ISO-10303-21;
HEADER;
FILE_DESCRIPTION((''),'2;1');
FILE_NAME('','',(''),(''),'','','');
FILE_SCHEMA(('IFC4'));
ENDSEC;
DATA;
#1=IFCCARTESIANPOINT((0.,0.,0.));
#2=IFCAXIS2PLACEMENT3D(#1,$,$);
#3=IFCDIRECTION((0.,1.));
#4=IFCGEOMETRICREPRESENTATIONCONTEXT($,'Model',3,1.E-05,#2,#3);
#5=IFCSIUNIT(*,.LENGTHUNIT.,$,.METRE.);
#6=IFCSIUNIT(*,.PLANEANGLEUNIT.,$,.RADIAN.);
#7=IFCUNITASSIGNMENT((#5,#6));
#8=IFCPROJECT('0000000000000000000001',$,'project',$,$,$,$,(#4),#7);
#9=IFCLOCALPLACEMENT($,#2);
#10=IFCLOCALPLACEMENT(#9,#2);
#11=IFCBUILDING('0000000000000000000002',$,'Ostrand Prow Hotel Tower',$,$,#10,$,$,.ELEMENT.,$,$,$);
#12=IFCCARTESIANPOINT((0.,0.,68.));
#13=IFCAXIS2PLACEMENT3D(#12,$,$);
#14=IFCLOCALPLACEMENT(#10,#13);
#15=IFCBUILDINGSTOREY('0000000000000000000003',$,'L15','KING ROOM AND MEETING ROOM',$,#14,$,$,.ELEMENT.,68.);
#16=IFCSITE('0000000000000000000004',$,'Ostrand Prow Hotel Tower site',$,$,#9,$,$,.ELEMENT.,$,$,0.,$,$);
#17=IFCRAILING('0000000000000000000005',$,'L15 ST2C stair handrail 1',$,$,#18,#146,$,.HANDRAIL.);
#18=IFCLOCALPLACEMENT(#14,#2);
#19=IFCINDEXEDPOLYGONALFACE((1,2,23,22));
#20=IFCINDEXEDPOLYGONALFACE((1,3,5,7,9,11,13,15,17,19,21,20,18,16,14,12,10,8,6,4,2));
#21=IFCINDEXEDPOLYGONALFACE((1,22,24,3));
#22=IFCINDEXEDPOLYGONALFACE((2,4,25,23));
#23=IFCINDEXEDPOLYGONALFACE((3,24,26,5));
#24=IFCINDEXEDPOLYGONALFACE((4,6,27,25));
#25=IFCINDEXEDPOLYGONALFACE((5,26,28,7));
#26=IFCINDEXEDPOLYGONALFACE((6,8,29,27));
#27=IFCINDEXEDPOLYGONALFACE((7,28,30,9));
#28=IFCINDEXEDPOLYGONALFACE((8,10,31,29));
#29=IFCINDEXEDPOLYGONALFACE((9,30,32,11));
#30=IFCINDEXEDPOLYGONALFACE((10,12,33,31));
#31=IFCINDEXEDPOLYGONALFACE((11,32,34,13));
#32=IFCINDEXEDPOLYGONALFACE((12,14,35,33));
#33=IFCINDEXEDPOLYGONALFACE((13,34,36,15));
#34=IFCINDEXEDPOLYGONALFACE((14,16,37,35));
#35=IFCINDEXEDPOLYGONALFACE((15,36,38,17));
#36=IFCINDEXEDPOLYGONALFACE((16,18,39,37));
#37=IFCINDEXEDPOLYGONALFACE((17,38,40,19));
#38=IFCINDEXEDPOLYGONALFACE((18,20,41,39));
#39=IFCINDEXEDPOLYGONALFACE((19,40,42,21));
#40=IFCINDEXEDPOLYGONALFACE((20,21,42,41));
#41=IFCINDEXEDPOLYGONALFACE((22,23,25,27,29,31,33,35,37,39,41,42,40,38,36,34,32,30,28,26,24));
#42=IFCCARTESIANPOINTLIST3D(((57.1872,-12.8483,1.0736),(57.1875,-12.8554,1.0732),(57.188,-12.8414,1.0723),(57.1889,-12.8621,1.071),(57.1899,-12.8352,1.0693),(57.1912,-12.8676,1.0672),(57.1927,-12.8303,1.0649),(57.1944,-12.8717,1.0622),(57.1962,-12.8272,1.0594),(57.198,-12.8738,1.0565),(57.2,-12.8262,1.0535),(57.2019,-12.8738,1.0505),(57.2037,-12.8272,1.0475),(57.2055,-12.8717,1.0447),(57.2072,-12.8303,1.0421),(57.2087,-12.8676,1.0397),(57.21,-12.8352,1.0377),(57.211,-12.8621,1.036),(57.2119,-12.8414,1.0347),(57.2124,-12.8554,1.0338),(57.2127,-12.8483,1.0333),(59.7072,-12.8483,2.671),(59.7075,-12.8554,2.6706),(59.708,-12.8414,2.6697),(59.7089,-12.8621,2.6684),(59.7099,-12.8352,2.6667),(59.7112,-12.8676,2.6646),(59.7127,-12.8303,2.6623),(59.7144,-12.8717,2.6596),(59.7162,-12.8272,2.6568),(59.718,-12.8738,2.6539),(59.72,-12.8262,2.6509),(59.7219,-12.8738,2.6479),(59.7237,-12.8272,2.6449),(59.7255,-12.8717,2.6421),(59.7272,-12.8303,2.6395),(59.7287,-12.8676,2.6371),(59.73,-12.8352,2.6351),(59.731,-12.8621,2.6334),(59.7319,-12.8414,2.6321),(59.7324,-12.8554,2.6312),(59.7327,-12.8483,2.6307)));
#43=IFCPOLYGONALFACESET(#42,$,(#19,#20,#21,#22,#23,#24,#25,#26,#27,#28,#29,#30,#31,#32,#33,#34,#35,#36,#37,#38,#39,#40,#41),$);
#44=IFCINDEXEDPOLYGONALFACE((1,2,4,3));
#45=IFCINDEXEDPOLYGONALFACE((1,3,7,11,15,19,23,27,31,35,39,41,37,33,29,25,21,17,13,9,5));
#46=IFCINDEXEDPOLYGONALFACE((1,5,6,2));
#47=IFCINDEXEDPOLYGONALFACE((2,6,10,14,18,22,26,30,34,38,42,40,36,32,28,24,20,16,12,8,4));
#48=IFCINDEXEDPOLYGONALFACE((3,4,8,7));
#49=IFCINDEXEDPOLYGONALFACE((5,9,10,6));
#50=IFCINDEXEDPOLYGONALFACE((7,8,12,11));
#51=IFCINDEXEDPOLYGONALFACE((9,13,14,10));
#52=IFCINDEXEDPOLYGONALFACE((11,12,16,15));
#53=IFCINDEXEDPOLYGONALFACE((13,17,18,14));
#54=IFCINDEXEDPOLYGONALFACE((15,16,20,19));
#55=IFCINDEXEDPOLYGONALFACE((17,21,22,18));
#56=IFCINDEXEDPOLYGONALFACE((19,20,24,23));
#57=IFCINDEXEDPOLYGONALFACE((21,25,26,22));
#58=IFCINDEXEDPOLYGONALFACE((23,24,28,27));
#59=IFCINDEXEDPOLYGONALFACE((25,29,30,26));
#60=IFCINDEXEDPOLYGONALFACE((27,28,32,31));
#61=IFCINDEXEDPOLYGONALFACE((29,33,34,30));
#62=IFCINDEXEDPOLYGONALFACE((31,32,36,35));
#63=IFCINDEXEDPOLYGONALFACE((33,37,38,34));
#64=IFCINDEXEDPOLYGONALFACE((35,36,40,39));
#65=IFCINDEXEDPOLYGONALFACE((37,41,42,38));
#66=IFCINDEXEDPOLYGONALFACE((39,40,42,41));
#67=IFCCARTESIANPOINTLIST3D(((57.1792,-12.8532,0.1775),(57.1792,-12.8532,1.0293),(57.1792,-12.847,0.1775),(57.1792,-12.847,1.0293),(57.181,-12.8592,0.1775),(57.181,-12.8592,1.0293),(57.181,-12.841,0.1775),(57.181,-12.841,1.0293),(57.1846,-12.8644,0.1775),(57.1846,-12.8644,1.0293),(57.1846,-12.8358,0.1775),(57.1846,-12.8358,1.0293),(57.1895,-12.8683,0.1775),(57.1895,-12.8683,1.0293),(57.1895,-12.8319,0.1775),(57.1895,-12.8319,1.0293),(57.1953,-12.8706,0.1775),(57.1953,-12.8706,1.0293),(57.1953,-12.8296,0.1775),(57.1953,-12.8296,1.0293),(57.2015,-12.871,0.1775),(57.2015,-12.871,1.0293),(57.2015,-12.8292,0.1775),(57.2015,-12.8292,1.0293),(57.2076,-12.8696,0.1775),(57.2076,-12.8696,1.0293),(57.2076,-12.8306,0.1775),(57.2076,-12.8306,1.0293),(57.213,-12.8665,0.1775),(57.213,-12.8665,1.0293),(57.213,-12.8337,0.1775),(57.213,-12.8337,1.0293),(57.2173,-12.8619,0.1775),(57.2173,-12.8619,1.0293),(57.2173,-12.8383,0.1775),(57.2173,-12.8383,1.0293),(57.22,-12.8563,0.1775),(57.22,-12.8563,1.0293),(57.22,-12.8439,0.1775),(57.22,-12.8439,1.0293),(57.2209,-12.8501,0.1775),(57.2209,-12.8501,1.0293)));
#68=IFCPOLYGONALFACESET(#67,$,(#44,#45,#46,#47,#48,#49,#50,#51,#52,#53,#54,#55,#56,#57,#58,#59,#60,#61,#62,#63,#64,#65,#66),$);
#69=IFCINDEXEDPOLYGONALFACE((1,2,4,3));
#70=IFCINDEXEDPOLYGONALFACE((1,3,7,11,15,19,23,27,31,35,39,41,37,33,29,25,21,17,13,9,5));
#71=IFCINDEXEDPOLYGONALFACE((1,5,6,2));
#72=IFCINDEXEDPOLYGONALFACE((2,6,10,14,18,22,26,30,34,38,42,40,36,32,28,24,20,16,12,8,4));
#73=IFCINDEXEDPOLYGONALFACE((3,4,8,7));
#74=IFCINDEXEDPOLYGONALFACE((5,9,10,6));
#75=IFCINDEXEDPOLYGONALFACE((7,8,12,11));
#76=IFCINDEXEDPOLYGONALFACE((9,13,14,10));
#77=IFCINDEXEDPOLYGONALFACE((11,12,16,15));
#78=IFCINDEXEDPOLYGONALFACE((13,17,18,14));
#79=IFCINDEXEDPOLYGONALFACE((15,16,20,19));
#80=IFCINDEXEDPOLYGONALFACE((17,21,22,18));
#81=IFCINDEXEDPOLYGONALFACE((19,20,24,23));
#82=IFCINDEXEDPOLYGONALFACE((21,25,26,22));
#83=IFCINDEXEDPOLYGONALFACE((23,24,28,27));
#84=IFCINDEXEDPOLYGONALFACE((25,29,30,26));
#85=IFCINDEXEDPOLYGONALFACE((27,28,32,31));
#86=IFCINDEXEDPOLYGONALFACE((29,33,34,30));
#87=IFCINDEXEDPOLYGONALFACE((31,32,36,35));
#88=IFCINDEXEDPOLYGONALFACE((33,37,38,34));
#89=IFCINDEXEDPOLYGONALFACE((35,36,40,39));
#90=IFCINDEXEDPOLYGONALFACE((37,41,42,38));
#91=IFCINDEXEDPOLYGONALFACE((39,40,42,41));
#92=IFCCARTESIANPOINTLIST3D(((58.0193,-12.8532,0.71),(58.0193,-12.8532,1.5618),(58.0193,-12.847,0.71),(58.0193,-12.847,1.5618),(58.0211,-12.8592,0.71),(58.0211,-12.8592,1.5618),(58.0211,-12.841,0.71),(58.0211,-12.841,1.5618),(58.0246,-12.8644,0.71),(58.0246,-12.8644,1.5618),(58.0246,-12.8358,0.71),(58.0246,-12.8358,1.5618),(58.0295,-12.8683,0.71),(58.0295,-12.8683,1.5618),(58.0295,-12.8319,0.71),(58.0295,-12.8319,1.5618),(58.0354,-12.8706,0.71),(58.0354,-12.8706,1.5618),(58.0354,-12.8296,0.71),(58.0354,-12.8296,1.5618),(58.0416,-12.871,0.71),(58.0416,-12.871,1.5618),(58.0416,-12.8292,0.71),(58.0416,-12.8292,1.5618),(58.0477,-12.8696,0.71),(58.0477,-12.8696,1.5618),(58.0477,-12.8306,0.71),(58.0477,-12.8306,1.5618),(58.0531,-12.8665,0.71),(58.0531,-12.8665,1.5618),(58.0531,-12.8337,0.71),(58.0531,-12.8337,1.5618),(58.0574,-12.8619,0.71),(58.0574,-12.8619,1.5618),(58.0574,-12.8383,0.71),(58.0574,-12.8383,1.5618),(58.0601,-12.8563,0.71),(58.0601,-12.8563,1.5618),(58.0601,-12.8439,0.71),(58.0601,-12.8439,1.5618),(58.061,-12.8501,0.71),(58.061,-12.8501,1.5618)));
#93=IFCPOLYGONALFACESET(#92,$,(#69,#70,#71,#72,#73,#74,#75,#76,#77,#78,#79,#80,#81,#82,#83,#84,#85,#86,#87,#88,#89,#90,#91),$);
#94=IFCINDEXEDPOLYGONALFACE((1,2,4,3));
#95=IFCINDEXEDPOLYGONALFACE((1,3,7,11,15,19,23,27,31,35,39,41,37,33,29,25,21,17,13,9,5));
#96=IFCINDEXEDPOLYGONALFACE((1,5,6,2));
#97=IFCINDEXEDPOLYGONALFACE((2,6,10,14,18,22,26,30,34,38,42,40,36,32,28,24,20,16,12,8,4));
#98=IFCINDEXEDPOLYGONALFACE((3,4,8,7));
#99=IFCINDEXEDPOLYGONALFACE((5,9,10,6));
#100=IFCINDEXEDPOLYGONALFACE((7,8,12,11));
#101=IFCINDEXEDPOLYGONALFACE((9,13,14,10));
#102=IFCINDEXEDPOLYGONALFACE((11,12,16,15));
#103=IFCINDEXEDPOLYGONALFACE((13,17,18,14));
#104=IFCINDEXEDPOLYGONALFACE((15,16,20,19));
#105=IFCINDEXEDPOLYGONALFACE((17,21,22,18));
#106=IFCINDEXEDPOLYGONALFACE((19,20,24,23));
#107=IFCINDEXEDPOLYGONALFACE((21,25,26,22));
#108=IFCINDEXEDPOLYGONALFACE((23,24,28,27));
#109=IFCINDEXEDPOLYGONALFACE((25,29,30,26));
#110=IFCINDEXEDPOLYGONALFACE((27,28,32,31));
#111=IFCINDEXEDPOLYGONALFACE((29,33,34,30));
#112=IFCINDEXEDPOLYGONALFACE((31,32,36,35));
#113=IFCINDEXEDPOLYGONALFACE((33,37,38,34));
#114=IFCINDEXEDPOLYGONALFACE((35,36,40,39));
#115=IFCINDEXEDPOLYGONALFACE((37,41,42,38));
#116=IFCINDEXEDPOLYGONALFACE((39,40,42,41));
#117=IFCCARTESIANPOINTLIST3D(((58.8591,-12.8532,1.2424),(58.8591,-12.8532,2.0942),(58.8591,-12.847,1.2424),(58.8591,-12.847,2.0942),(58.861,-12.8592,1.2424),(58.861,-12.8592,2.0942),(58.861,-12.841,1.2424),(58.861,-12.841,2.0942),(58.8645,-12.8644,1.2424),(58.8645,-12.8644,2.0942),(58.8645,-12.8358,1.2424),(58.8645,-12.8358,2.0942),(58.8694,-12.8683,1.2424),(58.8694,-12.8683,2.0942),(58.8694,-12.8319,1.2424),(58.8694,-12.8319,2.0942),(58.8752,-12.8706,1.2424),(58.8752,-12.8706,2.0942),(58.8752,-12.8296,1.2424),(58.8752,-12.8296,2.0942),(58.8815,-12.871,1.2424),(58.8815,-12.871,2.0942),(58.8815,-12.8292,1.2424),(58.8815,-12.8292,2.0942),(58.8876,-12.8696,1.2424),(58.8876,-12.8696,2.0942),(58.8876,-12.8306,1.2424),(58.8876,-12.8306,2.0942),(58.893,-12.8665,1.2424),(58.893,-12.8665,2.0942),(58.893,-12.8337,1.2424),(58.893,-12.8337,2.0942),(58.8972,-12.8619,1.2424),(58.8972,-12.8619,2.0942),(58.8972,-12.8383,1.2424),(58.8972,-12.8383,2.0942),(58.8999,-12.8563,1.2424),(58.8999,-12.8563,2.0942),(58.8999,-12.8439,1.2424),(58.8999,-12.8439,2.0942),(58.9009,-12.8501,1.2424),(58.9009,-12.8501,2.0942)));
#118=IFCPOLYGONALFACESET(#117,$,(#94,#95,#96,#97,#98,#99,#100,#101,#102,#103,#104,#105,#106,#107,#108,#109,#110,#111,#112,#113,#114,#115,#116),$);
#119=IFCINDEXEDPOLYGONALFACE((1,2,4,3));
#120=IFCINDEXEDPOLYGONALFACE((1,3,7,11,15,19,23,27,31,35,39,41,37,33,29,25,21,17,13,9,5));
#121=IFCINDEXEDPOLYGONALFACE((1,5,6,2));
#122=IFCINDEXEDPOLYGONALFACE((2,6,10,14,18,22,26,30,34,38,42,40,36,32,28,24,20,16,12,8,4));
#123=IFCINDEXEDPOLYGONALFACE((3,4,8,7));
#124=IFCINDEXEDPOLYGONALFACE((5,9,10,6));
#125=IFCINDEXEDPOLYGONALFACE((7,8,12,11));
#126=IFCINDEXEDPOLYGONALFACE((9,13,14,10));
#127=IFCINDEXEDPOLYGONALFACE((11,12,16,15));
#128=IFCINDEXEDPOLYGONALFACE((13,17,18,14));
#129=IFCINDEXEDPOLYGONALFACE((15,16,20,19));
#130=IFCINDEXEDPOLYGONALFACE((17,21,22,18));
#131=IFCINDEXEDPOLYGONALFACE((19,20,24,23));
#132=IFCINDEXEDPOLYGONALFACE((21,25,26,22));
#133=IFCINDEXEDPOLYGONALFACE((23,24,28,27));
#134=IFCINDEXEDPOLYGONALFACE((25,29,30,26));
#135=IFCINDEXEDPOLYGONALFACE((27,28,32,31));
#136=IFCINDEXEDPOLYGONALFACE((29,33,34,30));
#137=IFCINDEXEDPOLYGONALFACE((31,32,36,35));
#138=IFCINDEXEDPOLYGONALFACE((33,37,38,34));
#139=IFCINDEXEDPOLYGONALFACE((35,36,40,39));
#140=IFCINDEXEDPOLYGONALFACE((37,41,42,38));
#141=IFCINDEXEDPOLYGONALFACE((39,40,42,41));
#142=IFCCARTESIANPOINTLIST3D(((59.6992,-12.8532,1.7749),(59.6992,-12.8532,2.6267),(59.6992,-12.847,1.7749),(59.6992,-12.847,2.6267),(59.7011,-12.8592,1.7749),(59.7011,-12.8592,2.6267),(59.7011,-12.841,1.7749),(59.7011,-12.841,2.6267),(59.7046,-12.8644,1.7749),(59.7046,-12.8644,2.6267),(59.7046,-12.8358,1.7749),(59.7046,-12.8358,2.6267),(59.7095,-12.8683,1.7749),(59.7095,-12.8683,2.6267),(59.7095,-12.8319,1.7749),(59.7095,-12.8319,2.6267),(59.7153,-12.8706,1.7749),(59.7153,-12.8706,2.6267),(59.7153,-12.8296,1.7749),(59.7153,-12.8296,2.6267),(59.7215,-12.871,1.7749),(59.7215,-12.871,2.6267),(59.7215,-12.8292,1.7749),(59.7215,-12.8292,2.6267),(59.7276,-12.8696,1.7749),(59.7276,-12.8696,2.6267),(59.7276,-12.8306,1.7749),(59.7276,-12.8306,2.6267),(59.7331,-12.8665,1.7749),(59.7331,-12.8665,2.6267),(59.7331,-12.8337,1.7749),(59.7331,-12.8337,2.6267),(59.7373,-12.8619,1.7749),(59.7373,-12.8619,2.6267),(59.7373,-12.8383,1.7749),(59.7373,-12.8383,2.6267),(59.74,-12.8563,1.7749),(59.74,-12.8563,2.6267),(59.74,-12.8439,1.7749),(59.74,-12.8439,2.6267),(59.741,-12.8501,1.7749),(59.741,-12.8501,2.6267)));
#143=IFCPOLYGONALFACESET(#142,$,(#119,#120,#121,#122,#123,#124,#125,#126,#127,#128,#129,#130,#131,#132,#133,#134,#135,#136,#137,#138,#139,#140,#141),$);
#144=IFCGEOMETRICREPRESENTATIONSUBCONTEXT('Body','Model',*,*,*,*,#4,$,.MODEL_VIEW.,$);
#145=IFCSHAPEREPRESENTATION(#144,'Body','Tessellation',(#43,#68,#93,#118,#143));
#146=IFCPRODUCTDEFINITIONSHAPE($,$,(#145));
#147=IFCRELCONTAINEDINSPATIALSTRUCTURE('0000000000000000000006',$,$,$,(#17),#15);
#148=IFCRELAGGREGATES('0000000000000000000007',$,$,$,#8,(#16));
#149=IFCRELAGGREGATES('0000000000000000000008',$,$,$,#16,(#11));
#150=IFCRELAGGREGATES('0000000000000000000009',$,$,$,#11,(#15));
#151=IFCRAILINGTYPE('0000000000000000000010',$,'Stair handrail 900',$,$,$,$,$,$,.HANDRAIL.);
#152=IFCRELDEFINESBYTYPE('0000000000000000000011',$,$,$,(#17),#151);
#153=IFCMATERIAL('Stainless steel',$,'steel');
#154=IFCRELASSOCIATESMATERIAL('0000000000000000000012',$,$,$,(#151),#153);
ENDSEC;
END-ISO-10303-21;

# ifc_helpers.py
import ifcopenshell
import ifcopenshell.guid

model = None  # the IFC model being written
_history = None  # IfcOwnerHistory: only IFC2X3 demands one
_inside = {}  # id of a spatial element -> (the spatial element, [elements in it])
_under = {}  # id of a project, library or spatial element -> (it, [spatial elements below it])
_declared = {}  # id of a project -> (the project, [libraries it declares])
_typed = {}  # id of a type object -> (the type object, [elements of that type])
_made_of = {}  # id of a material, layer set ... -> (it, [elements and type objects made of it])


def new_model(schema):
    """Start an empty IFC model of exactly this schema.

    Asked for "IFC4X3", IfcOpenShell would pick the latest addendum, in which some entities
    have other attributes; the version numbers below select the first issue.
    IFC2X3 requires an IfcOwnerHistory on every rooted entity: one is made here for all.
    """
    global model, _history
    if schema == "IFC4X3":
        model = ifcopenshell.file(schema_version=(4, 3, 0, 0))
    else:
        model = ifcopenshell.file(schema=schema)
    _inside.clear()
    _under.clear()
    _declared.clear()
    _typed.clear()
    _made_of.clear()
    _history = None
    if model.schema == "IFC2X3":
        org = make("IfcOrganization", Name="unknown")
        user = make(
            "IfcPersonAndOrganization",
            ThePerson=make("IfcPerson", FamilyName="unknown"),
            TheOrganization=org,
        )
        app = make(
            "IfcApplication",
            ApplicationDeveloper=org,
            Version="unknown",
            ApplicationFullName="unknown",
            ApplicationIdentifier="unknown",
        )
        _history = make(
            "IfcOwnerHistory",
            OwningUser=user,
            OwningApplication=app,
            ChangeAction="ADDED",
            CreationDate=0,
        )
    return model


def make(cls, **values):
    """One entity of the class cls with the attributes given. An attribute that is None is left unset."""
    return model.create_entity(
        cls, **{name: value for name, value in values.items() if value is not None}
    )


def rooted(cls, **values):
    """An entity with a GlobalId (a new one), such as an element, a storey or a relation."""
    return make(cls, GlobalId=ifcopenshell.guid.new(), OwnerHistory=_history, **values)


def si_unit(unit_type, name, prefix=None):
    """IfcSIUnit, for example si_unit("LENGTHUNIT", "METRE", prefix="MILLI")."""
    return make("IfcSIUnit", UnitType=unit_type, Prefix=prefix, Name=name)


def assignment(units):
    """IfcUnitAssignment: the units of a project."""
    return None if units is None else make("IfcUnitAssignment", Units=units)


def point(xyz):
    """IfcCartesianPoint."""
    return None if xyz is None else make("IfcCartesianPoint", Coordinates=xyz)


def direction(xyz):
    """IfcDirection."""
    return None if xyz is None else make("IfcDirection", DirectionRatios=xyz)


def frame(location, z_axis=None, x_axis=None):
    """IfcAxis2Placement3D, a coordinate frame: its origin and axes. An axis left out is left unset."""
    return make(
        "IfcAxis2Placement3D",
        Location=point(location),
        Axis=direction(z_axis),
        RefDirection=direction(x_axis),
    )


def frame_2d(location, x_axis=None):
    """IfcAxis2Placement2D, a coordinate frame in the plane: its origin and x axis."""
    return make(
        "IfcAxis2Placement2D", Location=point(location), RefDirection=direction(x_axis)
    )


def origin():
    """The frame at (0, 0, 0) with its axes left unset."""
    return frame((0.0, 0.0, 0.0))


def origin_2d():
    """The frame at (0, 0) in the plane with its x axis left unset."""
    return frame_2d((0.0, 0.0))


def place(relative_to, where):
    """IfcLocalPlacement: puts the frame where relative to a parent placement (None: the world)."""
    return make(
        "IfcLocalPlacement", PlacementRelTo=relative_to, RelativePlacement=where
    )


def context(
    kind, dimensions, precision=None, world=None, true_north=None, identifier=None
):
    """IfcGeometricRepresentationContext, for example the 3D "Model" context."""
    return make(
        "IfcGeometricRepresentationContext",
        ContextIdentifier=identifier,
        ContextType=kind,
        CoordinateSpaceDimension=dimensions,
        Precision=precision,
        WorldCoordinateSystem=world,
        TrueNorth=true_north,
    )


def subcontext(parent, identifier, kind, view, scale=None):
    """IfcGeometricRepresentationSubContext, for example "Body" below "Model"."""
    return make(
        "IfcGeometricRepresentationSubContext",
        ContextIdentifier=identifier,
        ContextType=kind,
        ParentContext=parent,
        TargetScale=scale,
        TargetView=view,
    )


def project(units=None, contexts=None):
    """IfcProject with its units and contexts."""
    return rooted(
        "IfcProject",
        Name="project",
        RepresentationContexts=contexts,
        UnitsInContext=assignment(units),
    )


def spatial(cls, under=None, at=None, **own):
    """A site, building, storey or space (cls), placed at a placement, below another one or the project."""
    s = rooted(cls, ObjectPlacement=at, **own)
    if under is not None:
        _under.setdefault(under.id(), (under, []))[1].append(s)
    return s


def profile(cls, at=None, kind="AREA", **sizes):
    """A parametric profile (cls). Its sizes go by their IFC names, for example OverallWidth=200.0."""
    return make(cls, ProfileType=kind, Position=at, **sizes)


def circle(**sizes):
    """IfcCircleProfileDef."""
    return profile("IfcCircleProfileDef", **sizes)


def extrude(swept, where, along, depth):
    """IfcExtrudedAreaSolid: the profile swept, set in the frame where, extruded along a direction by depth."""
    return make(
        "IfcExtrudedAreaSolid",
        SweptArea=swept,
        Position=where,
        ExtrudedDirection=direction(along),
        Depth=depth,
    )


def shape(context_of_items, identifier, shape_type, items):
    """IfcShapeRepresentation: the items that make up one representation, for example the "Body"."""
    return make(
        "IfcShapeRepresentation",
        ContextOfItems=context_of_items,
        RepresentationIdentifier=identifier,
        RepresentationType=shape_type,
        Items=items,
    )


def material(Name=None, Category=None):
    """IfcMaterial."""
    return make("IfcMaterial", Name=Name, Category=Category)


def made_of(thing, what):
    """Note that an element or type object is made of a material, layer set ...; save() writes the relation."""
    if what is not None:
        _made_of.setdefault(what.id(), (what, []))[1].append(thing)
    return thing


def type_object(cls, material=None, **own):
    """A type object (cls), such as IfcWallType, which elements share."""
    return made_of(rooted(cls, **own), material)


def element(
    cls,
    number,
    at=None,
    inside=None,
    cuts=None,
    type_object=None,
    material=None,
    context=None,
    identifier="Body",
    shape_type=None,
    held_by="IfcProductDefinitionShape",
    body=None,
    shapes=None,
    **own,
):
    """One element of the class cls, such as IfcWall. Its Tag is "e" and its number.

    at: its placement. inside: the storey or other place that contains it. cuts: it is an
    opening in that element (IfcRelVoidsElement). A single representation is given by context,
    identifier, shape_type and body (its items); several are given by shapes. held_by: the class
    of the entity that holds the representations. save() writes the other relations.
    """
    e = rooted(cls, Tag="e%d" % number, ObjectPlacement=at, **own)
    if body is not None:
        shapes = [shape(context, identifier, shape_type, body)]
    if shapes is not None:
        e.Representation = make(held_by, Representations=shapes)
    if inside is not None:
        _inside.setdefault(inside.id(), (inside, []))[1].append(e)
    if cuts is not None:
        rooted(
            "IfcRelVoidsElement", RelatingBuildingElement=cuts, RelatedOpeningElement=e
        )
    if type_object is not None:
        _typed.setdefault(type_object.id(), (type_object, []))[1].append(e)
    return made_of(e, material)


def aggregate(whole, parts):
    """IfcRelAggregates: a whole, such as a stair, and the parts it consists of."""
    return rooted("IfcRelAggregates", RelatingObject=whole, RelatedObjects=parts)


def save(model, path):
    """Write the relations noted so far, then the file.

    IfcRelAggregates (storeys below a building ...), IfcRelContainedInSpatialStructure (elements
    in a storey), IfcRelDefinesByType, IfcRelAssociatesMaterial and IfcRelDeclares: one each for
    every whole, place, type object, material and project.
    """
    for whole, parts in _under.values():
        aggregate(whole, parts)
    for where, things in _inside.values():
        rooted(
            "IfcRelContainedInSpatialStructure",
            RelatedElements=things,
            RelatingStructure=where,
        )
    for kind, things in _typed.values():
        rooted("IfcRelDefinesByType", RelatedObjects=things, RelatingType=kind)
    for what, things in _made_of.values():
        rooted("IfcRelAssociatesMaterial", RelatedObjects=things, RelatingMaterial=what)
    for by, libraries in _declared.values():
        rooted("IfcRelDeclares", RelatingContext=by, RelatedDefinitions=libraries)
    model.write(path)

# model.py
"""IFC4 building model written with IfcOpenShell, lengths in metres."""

from ifc_helpers import new_model, si_unit, direction, frame, origin, origin_2d, place, context, subcontext, project, spatial, circle, extrude, material, type_object, element, save


model = new_model("IFC4")

# Units and contexts
model_context = context("Model", 3, precision=1e-05, world=origin(), true_north=direction((0.0, 1.0)))
body_context = subcontext(model_context, "Body", "Model", "MODEL_VIEW")
ifc_project = project(units=[si_unit("LENGTHUNIT", "METRE"), si_unit("PLANEANGLEUNIT", "RADIAN")], contexts=[model_context])

# Site, building, storey
site_placement = place(None, origin())
site = spatial("IfcSite", under=ifc_project, at=site_placement, Name="Ostrand Prow Hotel Tower site", CompositionType="ELEMENT", RefElevation=0.0)
building_placement = place(site_placement, origin())
building = spatial("IfcBuilding", under=site, at=building_placement, Name="Ostrand Prow Hotel Tower", CompositionType="ELEMENT")
storey_placement = place(building_placement, frame((0.0, 0.0, 68.0)))
storey = spatial("IfcBuildingStorey", under=building, at=storey_placement, Name="L15", Description="KING ROOM AND MEETING ROOM", CompositionType="ELEMENT", Elevation=68.0)

# Railing
ifc_material_1 = material(Name="Stainless steel", Category="steel")
railing_type_1 = type_object("IfcRailingType", Name="Stair handrail 900", PredefinedType="HANDRAIL", material=ifc_material_1)
railing_1_placement = place(storey_placement, frame((57.2, -12.8501, 0.1775)))
element("IfcRailing", 1, at=railing_1_placement, inside=storey, type_object=railing_type_1, Name="L15 ST2C stair handrail 1", PredefinedType="HANDRAIL", context=body_context, shape_type="SweptSolid", body=[
    extrude(circle(Radius=0.0239, at=origin_2d()), frame((0.0, 0.0, 0.876), z_axis=(0.844607, 0.0, 0.535387), x_axis=(0.0, 1.0, 0.0)), (0.0, 0.0, 1.0), 2.9836),
    extrude(circle(Radius=0.021, at=origin_2d()), origin(), (0.0, 0.0, 1.0), 0.8518),
    extrude(circle(Radius=0.021, at=origin_2d()), frame((0.8401, 0.0, 0.5325)), (0.0, 0.0, 1.0), 0.8518),
    extrude(circle(Radius=0.021, at=origin_2d()), frame((1.6799, 0.0, 1.0649)), (0.0, 0.0, 1.0), 0.8518),
    extrude(circle(Radius=0.021, at=origin_2d()), frame((2.52, 0.0, 1.5974)), (0.0, 0.0, 1.0), 0.8518),
])

save(model, "model.ifc")
